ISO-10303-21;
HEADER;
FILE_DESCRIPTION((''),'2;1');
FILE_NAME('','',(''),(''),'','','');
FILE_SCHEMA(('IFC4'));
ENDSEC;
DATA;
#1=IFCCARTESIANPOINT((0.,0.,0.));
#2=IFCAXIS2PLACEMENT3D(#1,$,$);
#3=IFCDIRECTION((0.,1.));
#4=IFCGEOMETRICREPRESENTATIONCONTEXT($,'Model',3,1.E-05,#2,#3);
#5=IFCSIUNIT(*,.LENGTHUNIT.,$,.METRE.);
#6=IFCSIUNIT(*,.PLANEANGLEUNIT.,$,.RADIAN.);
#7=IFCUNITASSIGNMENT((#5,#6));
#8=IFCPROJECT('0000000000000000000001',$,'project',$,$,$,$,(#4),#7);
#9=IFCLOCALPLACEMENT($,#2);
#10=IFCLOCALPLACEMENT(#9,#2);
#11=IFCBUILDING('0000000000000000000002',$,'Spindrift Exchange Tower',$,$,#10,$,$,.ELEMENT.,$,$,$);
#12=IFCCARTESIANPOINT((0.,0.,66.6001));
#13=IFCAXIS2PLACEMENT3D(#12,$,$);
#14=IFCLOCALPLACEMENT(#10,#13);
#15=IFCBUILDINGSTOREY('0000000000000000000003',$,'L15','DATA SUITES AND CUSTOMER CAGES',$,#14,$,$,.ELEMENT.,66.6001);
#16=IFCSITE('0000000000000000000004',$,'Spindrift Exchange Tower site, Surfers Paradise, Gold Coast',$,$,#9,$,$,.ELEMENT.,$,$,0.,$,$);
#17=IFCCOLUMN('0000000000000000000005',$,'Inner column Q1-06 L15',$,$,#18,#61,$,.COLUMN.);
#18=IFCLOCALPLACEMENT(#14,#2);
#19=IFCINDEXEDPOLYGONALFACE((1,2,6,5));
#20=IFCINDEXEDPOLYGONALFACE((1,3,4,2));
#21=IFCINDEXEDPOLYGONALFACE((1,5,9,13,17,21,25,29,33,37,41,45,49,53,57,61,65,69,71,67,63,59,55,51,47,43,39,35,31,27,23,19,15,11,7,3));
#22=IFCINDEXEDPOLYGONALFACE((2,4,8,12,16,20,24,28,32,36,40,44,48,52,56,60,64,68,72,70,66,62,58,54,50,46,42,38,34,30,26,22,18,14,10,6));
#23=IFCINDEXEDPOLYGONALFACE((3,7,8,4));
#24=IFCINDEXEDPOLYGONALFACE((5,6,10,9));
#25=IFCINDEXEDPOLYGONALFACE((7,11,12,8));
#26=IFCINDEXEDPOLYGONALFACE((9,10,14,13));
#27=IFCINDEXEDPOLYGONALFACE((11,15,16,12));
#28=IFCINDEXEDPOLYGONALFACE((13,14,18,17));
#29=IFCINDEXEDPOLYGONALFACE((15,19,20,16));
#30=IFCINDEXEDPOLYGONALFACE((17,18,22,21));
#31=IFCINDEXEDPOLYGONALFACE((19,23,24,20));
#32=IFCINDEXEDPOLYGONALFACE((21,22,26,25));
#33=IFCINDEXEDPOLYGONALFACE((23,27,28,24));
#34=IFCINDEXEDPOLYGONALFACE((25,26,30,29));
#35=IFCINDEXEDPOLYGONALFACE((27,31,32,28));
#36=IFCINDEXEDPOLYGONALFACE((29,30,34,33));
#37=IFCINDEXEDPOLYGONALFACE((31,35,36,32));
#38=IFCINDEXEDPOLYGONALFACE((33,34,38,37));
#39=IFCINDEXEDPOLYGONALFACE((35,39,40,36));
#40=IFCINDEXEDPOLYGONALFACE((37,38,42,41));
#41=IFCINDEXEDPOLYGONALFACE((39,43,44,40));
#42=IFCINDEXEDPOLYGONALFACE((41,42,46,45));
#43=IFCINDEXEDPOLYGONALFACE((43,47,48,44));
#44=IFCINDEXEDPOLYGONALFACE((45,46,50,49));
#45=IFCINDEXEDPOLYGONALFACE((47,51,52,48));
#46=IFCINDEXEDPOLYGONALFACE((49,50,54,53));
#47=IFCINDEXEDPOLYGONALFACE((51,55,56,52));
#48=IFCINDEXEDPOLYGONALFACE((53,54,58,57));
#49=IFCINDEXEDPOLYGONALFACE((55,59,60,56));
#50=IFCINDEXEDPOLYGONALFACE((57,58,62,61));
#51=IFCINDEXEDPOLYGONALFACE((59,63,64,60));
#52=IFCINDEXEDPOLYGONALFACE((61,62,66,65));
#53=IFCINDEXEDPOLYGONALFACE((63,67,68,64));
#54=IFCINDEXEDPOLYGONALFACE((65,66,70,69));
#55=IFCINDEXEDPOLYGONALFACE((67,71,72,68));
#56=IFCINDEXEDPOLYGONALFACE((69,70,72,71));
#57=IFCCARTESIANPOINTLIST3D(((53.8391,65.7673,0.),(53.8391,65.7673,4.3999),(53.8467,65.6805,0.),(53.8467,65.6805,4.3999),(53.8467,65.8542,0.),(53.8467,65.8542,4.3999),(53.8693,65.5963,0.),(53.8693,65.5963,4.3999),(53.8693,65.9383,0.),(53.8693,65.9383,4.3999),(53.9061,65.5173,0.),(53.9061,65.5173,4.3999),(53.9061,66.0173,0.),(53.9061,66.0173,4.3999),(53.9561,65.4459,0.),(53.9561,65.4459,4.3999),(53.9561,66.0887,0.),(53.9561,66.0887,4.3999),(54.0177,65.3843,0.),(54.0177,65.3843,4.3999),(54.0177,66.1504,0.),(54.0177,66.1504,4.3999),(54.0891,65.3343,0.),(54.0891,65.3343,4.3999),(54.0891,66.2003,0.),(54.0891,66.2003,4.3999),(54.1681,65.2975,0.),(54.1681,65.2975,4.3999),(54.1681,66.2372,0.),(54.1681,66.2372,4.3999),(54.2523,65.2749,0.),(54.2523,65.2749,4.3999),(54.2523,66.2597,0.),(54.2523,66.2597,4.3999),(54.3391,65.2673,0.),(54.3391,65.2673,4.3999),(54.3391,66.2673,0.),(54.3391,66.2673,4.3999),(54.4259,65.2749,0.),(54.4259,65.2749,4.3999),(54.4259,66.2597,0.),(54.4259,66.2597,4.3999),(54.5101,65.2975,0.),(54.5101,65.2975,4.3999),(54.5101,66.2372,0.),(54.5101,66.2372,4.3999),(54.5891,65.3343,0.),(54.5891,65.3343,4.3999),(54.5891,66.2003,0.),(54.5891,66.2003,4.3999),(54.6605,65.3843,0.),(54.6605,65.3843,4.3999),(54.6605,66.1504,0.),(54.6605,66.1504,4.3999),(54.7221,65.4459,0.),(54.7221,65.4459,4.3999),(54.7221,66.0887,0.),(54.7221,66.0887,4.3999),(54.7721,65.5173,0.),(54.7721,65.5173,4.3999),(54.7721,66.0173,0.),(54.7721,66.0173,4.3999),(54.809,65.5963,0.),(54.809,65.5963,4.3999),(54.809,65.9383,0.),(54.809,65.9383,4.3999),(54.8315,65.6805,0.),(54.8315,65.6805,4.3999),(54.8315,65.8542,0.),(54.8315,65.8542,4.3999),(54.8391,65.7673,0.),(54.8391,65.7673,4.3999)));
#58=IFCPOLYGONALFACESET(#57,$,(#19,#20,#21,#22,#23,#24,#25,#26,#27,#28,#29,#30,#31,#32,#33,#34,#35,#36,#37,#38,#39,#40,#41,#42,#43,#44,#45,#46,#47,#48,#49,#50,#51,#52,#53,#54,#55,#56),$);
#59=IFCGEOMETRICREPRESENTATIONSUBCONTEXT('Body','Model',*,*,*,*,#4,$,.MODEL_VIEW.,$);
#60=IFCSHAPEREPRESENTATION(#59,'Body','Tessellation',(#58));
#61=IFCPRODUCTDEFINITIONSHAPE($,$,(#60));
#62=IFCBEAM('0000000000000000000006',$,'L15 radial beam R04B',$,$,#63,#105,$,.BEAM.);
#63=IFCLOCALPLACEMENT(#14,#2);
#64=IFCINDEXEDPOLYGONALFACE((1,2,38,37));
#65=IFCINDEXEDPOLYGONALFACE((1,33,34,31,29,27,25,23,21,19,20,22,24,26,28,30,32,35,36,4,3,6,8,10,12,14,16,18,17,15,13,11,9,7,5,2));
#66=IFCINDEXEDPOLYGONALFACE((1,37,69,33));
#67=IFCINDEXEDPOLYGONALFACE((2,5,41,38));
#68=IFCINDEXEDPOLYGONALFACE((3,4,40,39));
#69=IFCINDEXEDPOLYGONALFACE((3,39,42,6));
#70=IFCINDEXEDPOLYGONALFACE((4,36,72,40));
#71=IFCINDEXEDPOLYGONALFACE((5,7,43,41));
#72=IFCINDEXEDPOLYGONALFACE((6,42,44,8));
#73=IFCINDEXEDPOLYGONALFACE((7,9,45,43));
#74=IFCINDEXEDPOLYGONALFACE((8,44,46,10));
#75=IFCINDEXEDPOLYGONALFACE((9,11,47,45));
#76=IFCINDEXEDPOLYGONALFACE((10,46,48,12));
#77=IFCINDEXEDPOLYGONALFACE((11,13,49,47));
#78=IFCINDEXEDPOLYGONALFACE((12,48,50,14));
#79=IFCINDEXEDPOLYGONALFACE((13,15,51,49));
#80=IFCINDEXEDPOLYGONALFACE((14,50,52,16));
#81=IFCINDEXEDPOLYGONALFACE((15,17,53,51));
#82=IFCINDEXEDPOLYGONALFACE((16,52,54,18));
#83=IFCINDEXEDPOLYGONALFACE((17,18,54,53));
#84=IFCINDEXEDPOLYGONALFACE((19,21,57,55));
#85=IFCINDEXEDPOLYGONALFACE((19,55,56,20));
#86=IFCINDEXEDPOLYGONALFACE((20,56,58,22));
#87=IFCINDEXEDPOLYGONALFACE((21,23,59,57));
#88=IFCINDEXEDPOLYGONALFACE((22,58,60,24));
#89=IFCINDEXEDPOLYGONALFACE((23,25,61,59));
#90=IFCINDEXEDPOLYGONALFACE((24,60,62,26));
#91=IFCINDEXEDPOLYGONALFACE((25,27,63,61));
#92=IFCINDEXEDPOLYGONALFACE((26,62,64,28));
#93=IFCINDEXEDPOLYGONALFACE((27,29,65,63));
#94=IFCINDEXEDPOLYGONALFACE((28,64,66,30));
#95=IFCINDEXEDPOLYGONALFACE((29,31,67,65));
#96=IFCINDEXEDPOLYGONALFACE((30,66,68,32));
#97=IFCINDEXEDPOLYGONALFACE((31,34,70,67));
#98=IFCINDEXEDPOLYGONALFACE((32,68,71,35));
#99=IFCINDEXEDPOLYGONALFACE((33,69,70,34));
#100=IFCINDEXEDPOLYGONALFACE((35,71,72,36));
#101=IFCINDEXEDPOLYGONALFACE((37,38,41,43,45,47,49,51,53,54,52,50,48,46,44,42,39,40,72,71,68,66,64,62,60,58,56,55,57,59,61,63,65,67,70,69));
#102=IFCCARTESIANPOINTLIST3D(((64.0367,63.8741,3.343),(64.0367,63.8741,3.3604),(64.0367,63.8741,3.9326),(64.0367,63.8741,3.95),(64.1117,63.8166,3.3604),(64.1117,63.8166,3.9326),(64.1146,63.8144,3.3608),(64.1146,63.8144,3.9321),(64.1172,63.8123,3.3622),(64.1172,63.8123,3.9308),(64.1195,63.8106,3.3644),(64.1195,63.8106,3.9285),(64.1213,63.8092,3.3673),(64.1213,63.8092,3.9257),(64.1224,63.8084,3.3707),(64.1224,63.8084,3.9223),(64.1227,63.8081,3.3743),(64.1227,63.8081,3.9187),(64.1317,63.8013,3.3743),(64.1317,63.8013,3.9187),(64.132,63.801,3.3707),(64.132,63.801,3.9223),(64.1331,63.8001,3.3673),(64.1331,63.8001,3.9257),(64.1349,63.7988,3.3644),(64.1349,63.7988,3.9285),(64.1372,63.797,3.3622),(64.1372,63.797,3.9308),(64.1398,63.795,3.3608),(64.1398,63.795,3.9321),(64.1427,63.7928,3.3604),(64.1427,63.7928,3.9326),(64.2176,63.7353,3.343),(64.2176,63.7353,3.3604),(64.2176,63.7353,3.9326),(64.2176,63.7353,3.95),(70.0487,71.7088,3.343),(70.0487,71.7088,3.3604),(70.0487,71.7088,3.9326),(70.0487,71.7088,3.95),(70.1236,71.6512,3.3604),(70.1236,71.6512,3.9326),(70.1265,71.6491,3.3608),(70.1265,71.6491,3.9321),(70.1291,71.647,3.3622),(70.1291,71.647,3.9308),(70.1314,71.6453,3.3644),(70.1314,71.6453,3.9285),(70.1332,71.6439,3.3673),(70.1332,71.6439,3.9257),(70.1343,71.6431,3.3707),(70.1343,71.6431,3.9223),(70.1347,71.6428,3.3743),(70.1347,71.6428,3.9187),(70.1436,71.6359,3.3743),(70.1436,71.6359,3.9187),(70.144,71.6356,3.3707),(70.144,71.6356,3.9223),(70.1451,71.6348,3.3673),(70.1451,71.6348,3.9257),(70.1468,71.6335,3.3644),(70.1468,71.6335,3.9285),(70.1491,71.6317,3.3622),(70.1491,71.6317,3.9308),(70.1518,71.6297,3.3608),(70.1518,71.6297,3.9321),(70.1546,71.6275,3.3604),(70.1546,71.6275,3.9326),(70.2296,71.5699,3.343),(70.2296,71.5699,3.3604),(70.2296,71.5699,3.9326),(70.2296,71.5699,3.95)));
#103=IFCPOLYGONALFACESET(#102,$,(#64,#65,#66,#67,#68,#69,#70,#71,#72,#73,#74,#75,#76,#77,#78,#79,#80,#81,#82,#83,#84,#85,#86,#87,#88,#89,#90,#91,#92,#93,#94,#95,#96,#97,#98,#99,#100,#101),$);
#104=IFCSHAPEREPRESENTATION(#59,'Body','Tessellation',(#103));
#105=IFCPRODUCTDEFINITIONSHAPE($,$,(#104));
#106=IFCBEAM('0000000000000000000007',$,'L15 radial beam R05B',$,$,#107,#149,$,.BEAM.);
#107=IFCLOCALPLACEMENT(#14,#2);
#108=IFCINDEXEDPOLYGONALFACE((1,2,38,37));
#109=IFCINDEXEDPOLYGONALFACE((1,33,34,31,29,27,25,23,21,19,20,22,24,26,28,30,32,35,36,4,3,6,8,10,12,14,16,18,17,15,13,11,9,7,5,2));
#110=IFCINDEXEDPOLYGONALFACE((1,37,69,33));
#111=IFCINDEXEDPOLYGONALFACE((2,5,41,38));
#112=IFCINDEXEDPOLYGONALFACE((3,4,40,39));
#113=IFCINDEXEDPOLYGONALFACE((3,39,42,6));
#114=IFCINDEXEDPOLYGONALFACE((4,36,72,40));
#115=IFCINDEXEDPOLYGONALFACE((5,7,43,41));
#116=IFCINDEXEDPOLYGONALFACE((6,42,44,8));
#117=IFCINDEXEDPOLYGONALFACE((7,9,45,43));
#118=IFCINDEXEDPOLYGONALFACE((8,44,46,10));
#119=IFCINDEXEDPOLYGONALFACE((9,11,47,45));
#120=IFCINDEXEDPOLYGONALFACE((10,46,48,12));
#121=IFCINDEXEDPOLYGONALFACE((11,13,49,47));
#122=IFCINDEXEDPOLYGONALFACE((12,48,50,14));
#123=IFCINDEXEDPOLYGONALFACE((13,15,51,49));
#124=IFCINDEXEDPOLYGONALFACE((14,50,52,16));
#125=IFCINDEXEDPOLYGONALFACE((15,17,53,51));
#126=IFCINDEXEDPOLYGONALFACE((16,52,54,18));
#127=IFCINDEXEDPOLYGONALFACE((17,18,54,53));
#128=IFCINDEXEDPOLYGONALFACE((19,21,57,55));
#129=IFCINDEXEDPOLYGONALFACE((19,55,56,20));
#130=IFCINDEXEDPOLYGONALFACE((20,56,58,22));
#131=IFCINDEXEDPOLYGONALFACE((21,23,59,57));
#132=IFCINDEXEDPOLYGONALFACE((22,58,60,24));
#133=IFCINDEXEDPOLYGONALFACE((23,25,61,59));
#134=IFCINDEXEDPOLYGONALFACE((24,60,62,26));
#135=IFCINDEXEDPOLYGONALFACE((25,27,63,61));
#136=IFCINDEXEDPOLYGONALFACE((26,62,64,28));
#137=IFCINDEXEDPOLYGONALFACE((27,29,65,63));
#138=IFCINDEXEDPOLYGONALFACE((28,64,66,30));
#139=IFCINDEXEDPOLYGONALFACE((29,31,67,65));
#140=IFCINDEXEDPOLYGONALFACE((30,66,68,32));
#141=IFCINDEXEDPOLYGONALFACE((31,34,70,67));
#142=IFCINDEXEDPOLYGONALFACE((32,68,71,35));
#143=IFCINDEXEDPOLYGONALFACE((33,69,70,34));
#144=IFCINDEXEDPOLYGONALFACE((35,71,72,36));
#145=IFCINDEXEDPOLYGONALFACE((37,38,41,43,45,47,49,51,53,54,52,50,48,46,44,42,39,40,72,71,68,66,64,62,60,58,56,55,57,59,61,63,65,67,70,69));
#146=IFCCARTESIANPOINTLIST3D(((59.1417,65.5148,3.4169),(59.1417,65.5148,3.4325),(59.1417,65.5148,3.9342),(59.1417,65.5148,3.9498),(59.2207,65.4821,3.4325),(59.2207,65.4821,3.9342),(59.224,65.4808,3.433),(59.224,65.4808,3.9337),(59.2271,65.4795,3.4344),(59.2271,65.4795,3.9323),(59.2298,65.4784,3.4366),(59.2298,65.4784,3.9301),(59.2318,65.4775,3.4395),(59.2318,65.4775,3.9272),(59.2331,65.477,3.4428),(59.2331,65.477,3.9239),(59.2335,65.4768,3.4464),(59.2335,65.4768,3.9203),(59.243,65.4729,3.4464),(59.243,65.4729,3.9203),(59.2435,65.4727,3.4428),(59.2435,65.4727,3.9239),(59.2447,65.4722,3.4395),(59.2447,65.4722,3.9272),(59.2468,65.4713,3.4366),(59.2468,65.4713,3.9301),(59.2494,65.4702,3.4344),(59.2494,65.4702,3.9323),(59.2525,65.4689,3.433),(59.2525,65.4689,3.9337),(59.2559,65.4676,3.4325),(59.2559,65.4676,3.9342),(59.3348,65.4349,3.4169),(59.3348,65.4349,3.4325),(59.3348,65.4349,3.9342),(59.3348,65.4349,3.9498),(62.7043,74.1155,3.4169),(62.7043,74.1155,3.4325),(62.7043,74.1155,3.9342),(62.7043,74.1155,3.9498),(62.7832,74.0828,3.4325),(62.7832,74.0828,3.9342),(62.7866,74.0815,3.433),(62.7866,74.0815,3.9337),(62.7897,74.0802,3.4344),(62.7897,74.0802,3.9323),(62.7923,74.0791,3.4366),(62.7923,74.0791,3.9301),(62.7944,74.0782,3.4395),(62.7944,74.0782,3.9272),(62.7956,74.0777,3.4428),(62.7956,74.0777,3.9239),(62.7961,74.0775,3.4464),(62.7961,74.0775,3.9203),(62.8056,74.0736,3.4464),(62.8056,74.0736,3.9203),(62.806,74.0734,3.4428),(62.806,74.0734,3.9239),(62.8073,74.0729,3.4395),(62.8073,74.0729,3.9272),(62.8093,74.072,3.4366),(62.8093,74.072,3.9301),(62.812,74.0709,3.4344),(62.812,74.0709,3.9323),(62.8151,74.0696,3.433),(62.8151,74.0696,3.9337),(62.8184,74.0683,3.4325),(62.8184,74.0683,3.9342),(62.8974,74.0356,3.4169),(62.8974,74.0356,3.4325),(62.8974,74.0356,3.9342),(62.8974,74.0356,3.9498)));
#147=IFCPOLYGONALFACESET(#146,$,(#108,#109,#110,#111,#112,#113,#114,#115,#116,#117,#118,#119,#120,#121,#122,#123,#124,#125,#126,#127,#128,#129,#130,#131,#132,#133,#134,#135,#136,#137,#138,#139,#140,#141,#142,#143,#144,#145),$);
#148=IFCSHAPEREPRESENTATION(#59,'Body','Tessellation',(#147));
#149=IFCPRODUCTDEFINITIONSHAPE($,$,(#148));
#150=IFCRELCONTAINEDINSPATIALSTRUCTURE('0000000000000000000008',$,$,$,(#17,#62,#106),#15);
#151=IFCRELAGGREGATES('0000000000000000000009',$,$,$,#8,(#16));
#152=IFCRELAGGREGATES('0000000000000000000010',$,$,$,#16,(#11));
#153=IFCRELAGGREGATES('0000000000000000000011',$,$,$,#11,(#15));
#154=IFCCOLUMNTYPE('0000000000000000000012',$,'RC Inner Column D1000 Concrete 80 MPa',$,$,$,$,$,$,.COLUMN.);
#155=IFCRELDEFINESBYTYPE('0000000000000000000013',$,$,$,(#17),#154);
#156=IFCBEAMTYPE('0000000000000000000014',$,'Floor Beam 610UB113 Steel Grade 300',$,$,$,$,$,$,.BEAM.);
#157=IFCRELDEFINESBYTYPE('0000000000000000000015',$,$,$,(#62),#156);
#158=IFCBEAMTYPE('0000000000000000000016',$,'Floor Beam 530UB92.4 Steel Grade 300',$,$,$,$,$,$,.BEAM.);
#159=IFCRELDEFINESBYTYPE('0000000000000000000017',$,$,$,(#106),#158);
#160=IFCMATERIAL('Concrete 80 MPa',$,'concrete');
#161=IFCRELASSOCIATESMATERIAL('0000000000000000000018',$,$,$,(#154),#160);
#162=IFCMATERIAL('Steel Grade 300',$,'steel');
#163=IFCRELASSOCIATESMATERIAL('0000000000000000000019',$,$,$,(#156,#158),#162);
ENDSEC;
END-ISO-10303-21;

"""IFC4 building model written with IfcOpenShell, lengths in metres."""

from ifc_helpers import new_model, si_unit, direction, frame, origin, origin_2d, place, context, subcontext, project, spatial, circle, i_section, extrude, source, transform, mapped, material, material_profile, profile_set, type_object, element, save


model = new_model("IFC4")

# Units and contexts
model_context = context("Model", 3, precision=1e-05, world=origin(), true_north=direction((0.0, 1.0)))
body_context = subcontext(model_context, "Body", "Model", "MODEL_VIEW")
ifc_project = project(units=[si_unit("LENGTHUNIT", "METRE"), si_unit("PLANEANGLEUNIT", "RADIAN")], contexts=[model_context])

# Site, building, storey
site_placement = place(None, origin())
site = spatial("IfcSite", under=ifc_project, at=site_placement, Name="Spindrift Exchange Tower site, Surfers Paradise, Gold Coast", CompositionType="ELEMENT", RefElevation=0.0)
building_placement = place(site_placement, origin())
building = spatial("IfcBuilding", under=site, at=building_placement, Name="Spindrift Exchange Tower", CompositionType="ELEMENT")
storey_placement = place(building_placement, frame((0.0, 0.0, 66.6001)))
storey = spatial("IfcBuildingStorey", under=building, at=storey_placement, Name="L15", Description="DATA SUITES AND CUSTOMER CAGES", CompositionType="ELEMENT", Elevation=66.6001)

# Column
ifc_material_1 = material(Name="Concrete 80 MPa", Category="concrete")
ifc_material_profile_1 = material_profile(ifc_material_1, circle(Radius=0.5, at=origin_2d()), Name="RC D1000")
ifc_profile_set_1 = profile_set([ifc_material_profile_1], Name="Concrete 80 MPa")
column_type_1 = type_object("IfcColumnType", Name="RC Inner Column D1000 Concrete 80 MPa", PredefinedType="COLUMN", material=ifc_profile_set_1)
shared_shape_1 = source(origin(), body_context, "Body", "SweptSolid", [
    extrude(circle(Radius=0.5, at=origin_2d()), origin(), (0.0, 0.0, 1.0), 4.3999),
])
for number, where, z_axis, x_axis, name in (
    (1, (54.3391, 65.7673, 0.0), (0.0, 0.0, 1.0), (1.0, 0.0, 0.0), "Inner column Q1-06 L15"),
):
    element("IfcColumn", number, at=place(storey_placement, frame(where, z_axis=z_axis, x_axis=x_axis)), inside=storey, type_object=column_type_1, Name=name, PredefinedType="COLUMN", context=body_context, shape_type="MappedRepresentation", body=[
        mapped(shared_shape_1, transform((0.0, 0.0, 0.0), scale=1.0)),
    ])

# Beams
ifc_material_2 = material(Name="Steel Grade 300", Category="steel")
ifc_material_profile_2 = material_profile(ifc_material_2, i_section(OverallWidth=0.228, OverallDepth=0.6069, WebThickness=0.0112, FlangeThickness=0.0173, FilletRadius=0.0139, at=origin_2d()), Name="610UB113")
ifc_profile_set_2 = profile_set([ifc_material_profile_2], Name="Steel Grade 300")
beam_type_1 = type_object("IfcBeamType", Name="Floor Beam 610UB113 Steel Grade 300", PredefinedType="BEAM", material=ifc_profile_set_2)
shared_shape_2 = source(origin(), body_context, "Body", "SweptSolid", [
    extrude(i_section(OverallWidth=0.228, OverallDepth=0.6069, WebThickness=0.0112, FlangeThickness=0.0173, FilletRadius=0.0139, at=origin_2d()), origin(), (0.0, 0.0, 1.0), 9.8755),
])
beam_1_placement = place(storey_placement, frame((64.1272, 63.8047, 3.6465), z_axis=(0.608772, 0.793345, 0.0), x_axis=(-0.793345, 0.608772, 0.0)))
element("IfcBeam", 2, at=beam_1_placement, inside=storey, type_object=beam_type_1, Name="L15 radial beam R04B", PredefinedType="BEAM", context=body_context, shape_type="MappedRepresentation", body=[
    mapped(shared_shape_2, transform((0.0, 0.0, 0.0), scale=1.0)),
])
ifc_material_profile_3 = material_profile(ifc_material_2, i_section(OverallWidth=0.209, OverallDepth=0.533, WebThickness=0.0103, FlangeThickness=0.0156, FilletRadius=0.0139, at=origin_2d()), Name="530UB92.4")
ifc_profile_set_3 = profile_set([ifc_material_profile_3], Name="Steel Grade 300")
beam_type_2 = type_object("IfcBeamType", Name="Floor Beam 530UB92.4 Steel Grade 300", PredefinedType="BEAM", material=ifc_profile_set_3)
shared_shape_3 = source(origin(), body_context, "Body", "SweptSolid", [
    extrude(i_section(OverallWidth=0.209, OverallDepth=0.533, WebThickness=0.0103, FlangeThickness=0.0156, FilletRadius=0.0139, at=origin_2d()), origin(), (0.0, 0.0, 1.0), 9.3093),
])
beam_2_placement = place(storey_placement, frame((59.2383, 65.4749, 3.6833), z_axis=(0.382685, 0.923879, 0.0), x_axis=(-0.923879, 0.382685, 0.0)))
element("IfcBeam", 3, at=beam_2_placement, inside=storey, type_object=beam_type_2, Name="L15 radial beam R05B", PredefinedType="BEAM", context=body_context, shape_type="MappedRepresentation", body=[
    mapped(shared_shape_3, transform((0.0, 0.0, 0.0), scale=1.0)),
])

save(model, "model.ifc")
